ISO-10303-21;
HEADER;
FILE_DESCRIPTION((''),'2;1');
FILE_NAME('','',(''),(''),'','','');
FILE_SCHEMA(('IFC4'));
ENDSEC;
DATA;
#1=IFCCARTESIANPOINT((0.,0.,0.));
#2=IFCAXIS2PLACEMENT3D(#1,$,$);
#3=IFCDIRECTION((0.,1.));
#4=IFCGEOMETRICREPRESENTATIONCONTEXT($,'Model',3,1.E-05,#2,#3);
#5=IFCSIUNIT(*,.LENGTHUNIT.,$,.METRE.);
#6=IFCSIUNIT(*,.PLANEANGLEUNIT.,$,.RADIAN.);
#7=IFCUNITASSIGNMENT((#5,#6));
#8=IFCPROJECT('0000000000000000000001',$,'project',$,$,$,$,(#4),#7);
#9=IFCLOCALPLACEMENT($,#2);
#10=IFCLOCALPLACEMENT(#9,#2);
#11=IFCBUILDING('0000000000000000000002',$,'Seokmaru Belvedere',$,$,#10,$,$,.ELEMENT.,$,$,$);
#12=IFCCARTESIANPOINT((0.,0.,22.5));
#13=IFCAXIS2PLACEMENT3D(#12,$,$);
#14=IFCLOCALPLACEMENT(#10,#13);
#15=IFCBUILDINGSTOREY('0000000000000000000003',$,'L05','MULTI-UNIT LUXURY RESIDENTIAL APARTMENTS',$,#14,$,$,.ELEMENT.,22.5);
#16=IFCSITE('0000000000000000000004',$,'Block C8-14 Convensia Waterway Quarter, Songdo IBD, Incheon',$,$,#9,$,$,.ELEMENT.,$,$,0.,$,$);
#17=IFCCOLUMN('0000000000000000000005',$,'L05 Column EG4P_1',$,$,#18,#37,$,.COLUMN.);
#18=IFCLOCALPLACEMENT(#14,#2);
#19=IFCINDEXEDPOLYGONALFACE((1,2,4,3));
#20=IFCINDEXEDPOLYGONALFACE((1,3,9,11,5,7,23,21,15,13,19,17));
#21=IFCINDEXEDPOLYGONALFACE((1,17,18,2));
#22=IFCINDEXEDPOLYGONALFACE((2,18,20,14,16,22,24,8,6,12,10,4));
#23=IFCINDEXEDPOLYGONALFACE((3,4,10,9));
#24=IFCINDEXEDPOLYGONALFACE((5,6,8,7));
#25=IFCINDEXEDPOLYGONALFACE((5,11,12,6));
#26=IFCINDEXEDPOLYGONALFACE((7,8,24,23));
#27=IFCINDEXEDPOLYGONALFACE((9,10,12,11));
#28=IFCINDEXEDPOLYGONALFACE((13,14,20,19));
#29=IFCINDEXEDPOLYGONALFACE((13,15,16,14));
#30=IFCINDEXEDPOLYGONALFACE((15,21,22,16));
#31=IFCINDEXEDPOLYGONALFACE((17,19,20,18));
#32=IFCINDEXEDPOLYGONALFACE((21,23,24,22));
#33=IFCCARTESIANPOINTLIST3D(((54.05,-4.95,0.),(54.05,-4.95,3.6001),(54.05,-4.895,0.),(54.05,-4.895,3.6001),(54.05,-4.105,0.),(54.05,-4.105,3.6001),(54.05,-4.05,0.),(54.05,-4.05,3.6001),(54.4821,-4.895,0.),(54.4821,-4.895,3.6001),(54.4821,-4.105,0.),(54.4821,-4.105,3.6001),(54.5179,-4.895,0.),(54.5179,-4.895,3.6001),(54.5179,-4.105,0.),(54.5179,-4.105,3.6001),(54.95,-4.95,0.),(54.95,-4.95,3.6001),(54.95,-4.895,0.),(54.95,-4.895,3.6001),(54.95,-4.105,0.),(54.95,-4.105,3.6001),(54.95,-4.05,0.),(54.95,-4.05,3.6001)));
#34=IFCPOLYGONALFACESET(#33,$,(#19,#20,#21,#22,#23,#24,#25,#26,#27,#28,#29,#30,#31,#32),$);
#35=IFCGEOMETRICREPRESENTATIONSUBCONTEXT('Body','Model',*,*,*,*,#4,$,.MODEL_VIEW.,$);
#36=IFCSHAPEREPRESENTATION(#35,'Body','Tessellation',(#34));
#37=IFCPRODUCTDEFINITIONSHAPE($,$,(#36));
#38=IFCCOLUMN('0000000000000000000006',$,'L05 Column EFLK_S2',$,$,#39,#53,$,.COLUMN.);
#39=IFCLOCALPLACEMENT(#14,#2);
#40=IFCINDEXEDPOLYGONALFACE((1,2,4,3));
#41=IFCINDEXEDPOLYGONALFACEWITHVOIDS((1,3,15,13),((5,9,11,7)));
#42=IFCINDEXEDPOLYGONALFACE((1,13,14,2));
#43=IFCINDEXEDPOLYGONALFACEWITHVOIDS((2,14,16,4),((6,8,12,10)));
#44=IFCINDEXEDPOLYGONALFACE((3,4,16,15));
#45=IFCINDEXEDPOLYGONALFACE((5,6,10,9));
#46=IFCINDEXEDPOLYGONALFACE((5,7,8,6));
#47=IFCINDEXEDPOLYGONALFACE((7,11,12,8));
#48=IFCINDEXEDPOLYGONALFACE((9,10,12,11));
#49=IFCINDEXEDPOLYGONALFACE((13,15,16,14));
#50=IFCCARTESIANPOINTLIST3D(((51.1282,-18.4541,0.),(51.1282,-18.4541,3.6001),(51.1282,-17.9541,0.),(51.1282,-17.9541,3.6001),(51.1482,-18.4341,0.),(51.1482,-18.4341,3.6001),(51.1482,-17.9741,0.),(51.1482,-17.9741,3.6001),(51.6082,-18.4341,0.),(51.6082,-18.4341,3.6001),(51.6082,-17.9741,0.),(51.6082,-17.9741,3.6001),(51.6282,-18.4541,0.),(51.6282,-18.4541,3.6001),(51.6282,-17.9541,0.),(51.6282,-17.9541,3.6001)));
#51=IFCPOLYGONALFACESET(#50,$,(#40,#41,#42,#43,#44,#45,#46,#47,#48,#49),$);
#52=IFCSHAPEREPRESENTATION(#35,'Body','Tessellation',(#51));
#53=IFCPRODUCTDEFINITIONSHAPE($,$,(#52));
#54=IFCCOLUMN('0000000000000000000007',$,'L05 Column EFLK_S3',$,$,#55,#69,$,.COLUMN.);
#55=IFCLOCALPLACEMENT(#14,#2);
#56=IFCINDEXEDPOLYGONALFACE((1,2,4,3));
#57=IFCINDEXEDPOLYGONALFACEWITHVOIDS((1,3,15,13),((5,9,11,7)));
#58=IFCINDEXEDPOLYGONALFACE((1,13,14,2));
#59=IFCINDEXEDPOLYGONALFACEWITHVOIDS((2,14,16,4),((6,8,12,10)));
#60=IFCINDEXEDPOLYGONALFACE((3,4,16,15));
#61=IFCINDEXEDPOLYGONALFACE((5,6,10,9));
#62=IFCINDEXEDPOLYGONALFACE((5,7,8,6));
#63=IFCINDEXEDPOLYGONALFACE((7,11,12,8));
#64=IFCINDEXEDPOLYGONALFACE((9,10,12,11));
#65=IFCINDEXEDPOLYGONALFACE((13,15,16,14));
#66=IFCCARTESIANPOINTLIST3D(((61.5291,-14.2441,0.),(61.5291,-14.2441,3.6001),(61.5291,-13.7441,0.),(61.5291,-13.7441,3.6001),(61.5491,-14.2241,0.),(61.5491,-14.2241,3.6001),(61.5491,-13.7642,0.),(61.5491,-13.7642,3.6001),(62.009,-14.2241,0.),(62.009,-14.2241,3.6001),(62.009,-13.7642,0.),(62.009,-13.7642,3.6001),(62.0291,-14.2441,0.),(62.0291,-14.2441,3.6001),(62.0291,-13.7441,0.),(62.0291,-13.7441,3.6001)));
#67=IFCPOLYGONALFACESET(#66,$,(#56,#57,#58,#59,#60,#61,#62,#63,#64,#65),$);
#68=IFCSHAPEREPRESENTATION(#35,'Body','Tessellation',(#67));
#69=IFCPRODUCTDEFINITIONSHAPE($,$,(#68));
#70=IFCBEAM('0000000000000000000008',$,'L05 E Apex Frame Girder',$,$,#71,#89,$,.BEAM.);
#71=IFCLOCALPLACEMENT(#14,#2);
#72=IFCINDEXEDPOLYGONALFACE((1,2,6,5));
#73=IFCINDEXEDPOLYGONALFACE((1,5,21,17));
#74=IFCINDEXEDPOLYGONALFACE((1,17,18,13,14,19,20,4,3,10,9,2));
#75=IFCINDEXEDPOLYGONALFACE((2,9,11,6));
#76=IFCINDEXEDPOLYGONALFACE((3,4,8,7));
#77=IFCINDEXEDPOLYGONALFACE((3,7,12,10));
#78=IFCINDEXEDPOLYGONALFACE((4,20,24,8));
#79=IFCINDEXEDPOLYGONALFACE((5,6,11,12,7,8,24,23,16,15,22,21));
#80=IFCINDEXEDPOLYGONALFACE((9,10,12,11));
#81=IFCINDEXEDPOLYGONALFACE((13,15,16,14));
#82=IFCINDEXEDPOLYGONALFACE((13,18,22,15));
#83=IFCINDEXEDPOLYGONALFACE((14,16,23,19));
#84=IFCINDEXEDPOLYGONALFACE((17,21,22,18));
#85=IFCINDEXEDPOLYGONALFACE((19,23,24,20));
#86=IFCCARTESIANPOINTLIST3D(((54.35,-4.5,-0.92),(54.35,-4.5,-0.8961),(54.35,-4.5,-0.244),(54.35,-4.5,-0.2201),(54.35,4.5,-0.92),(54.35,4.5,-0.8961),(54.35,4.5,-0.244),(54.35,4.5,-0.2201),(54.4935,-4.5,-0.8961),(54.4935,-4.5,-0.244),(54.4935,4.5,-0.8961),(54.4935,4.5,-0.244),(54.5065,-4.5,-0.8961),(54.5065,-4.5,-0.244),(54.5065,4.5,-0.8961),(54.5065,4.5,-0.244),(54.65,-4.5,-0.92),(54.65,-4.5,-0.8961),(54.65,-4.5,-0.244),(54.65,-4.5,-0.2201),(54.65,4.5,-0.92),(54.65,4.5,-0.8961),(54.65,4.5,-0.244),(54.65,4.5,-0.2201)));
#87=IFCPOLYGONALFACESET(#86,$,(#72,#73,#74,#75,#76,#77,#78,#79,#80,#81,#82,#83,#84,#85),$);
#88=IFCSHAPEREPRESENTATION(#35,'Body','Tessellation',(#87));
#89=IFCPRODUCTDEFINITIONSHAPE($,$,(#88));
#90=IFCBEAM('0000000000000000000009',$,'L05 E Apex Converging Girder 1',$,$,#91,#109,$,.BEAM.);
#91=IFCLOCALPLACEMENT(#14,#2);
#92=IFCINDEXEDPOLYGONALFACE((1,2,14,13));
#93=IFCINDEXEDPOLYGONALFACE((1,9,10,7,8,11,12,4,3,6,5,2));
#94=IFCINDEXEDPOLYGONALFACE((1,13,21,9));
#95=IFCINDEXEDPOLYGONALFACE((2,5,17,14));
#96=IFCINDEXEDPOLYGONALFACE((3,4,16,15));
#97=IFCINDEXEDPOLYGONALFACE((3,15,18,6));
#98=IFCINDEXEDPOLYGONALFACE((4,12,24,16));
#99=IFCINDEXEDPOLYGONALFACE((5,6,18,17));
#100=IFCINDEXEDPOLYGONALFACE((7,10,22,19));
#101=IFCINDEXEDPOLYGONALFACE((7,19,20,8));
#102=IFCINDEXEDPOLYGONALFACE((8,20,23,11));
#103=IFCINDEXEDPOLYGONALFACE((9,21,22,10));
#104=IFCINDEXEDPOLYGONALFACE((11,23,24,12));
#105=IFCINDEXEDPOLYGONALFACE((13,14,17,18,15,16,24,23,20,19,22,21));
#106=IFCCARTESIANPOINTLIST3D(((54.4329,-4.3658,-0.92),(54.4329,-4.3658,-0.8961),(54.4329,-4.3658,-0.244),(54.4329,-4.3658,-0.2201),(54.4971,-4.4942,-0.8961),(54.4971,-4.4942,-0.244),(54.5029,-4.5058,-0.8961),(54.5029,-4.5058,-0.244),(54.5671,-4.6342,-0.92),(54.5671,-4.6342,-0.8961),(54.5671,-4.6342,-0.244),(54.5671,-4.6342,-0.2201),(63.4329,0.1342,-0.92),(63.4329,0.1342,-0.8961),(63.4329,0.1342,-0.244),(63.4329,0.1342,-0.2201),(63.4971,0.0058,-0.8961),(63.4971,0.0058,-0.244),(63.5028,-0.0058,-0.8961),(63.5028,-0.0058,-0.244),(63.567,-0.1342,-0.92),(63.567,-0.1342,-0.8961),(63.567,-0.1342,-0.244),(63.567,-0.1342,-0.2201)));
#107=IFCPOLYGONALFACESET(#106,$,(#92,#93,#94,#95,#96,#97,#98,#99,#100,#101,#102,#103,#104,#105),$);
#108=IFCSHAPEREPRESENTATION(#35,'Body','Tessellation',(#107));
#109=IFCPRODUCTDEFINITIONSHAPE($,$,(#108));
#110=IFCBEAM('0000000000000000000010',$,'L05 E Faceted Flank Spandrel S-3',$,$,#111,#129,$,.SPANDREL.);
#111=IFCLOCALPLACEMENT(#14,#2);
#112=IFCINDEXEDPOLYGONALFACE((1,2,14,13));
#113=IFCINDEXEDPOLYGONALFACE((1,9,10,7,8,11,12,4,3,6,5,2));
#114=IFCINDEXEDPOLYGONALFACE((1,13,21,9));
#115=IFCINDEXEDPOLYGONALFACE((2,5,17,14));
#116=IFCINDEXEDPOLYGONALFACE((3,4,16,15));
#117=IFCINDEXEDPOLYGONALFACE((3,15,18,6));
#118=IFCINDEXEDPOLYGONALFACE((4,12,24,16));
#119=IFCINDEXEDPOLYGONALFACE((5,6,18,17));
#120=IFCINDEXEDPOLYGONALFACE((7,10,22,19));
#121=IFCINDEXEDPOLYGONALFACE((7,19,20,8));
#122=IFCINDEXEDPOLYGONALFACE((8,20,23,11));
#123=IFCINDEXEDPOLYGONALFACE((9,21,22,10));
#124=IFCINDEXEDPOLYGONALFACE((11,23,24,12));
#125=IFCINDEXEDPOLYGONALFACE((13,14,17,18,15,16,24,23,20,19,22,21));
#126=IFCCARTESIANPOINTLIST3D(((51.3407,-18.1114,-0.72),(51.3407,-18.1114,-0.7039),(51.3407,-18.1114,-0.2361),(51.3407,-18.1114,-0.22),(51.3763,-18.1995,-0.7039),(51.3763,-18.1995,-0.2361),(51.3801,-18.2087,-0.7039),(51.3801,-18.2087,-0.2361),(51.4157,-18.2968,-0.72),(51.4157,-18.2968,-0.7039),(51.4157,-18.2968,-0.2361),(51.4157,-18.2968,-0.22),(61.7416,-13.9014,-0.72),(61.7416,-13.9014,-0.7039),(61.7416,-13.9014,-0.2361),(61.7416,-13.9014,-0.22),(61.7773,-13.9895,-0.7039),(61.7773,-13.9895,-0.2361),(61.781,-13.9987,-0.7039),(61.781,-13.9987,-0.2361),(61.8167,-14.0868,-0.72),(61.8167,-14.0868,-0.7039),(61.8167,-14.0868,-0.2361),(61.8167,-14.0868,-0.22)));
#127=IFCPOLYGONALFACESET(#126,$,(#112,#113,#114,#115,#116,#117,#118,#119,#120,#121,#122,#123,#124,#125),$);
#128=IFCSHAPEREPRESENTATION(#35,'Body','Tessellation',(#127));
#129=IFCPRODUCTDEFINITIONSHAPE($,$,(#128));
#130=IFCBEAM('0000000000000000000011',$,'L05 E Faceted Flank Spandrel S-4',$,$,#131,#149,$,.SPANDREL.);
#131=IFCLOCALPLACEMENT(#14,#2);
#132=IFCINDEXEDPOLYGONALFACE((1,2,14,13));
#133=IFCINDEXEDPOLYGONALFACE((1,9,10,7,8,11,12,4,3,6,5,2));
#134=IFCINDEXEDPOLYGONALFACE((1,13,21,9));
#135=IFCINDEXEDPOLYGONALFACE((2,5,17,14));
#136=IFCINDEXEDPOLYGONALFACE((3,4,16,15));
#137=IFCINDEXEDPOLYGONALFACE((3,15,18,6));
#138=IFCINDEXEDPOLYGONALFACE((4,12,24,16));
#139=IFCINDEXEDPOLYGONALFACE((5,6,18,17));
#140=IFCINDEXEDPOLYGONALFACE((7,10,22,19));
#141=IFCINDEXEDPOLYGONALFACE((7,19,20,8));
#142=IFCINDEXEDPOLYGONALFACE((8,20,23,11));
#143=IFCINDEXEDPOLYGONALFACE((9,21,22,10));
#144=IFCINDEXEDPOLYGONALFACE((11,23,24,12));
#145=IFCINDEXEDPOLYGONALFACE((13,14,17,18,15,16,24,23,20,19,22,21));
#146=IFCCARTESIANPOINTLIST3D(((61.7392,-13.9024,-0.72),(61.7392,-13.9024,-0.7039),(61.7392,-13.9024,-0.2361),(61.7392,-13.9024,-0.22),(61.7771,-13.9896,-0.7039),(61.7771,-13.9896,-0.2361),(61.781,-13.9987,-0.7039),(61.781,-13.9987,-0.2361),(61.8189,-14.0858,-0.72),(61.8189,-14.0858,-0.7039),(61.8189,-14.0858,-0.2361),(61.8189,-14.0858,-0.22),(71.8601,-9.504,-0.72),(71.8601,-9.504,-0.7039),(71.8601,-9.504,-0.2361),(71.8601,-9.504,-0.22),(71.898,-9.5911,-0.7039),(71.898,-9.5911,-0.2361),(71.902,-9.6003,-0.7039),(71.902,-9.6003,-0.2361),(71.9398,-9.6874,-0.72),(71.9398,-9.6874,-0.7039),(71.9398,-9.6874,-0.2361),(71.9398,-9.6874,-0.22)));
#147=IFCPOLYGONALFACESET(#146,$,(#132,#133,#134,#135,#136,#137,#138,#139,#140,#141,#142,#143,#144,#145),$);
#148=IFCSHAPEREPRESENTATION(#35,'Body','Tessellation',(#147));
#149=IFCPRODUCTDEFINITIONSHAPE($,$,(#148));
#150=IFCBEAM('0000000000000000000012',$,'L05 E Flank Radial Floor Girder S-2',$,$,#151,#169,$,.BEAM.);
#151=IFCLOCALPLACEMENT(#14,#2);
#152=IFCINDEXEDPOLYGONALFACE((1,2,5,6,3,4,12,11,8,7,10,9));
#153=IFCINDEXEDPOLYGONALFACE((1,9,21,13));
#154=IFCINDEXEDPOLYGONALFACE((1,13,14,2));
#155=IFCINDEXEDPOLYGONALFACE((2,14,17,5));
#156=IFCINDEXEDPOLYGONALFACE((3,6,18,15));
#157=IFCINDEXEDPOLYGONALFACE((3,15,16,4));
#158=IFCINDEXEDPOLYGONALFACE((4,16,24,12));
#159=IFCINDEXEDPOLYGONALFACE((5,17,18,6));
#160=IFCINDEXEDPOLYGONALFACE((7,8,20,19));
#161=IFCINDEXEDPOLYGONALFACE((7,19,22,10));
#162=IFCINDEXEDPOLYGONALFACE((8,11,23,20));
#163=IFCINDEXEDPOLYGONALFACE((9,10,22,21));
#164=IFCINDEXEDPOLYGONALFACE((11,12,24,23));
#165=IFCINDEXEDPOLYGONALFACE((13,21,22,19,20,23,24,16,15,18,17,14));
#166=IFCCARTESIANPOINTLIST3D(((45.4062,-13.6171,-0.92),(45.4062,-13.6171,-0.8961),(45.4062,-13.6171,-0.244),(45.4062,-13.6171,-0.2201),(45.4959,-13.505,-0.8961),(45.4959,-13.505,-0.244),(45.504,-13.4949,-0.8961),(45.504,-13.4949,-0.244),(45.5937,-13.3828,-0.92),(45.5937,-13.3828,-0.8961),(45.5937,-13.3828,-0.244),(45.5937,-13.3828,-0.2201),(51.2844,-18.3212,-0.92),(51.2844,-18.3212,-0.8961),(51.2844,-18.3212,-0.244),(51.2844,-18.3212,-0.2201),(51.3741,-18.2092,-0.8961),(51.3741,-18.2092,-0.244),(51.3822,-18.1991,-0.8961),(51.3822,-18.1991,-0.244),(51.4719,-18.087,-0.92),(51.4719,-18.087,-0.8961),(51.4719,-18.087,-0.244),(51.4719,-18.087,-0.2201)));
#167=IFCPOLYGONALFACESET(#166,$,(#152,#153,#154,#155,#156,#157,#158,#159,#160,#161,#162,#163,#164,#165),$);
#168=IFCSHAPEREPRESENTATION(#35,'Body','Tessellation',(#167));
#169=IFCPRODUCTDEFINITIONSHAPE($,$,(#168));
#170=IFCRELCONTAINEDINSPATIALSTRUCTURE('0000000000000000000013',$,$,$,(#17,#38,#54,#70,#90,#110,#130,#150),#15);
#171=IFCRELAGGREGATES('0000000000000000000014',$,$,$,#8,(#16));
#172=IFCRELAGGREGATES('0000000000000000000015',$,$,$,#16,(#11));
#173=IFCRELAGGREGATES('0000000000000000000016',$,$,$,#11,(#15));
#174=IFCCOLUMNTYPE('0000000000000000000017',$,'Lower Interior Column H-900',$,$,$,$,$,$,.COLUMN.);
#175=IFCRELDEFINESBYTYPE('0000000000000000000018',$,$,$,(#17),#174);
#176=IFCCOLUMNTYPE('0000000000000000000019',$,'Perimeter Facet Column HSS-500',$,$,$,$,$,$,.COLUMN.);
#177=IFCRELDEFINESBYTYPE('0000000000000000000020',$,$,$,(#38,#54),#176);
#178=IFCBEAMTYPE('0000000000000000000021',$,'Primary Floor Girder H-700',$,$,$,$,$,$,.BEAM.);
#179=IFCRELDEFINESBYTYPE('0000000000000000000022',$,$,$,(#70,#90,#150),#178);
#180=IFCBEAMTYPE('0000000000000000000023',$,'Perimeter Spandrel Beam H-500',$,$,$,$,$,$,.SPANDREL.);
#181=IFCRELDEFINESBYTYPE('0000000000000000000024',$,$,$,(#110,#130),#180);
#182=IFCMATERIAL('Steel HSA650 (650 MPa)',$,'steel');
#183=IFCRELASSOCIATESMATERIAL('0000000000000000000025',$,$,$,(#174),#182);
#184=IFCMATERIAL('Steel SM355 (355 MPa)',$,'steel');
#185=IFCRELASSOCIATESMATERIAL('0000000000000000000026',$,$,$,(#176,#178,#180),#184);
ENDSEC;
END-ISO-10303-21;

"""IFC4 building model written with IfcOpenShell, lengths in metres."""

from ifc_helpers import new_model, si_unit, direction, frame, origin, origin_2d, place, context, subcontext, project, spatial, hollow_rectangle, i_section, extrude, source, transform, mapped, material, material_profile, profile_set, type_object, type_shapes, element, save


model = new_model("IFC4")

# Units and contexts
model_context = context("Model", 3, precision=1e-05, world=origin(), true_north=direction((0.0, 1.0)))
body_context = subcontext(model_context, "Body", "Model", "MODEL_VIEW")
ifc_project = project(units=[si_unit("LENGTHUNIT", "METRE"), si_unit("PLANEANGLEUNIT", "RADIAN")], contexts=[model_context])

# Site, building, storey
site_placement = place(None, origin())
site = spatial("IfcSite", under=ifc_project, at=site_placement, Name="Block C8-14 Convensia Waterway Quarter, Songdo IBD, Incheon", CompositionType="ELEMENT", RefElevation=0.0)
building_placement = place(site_placement, origin())
building = spatial("IfcBuilding", under=site, at=building_placement, Name="Seokmaru Belvedere", CompositionType="ELEMENT")
storey_placement = place(building_placement, frame((0.0, 0.0, 22.5)))
storey = spatial("IfcBuildingStorey", under=building, at=storey_placement, Name="L05", Description="MULTI-UNIT LUXURY RESIDENTIAL APARTMENTS", CompositionType="ELEMENT", Elevation=22.5)

# Columns
ifc_material_1 = material(Name="Steel HSA650 (650 MPa)", Category="steel")
ifc_material_profile_1 = material_profile(ifc_material_1, i_section(OverallWidth=0.8999, OverallDepth=0.8999, WebThickness=0.0359, FlangeThickness=0.0549, at=origin_2d()), Name="H-900x900x36x55")
ifc_profile_set_1 = profile_set([ifc_material_profile_1], Name="Steel HSA650 (650 MPa)")
column_type_1 = type_object("IfcColumnType", Name="Lower Interior Column H-900", PredefinedType="COLUMN", material=ifc_profile_set_1)
shared_shape_1 = source(origin(), body_context, "Body", "SweptSolid", [
    extrude(i_section(OverallWidth=0.8999, OverallDepth=0.8999, WebThickness=0.0359, FlangeThickness=0.0549, at=origin_2d()), origin(), (0.0, 0.0, 1.0), 3.6001),
])
type_shapes(column_type_1, [shared_shape_1])
column_placement = place(storey_placement, frame((54.5, -4.5, 0.0), z_axis=(0.0, 0.0, 1.0), x_axis=(1.0, 0.0, 0.0)))
element("IfcColumn", 1, at=column_placement, inside=storey, type_object=column_type_1, Name="L05 Column EG4P_1", PredefinedType="COLUMN", context=body_context, shape_type="MappedRepresentation", body=[
    mapped(shared_shape_1, transform((0.0, 0.0, 0.0), scale=1.0)),
])
ifc_material_2 = material(Name="Steel SM355 (355 MPa)", Category="steel")
ifc_material_profile_2 = material_profile(ifc_material_2, hollow_rectangle(XDim=0.5, YDim=0.5, WallThickness=0.02, at=origin_2d()), Name="HSS-500x500x20")
ifc_profile_set_2 = profile_set([ifc_material_profile_2], Name="Steel SM355 (355 MPa)")
column_type_2 = type_object("IfcColumnType", Name="Perimeter Facet Column HSS-500", PredefinedType="COLUMN", material=ifc_profile_set_2)
shared_shape_2 = source(origin(), body_context, "Body", "SweptSolid", [
    extrude(hollow_rectangle(XDim=0.5, YDim=0.5, WallThickness=0.02, at=origin_2d()), origin(), (0.0, 0.0, 1.0), 3.6001),
])
type_shapes(column_type_2, [shared_shape_2])
for number, where, z_axis, x_axis, name in (
    (2, (51.3782, -18.2041, 0.0), (0.0, 0.0, 1.0), (1.0, 0.0, 0.0), "L05 Column EFLK_S2"),
    (3, (61.7791, -13.9941, 0.0), (0.0, 0.0, 1.0), (1.0, 0.0, 0.0), "L05 Column EFLK_S3"),
):
    element("IfcColumn", number, at=place(storey_placement, frame(where, z_axis=z_axis, x_axis=x_axis)), inside=storey, type_object=column_type_2, Name=name, PredefinedType="COLUMN", context=body_context, shape_type="MappedRepresentation", body=[
        mapped(shared_shape_2, transform((0.0, 0.0, 0.0), scale=1.0)),
    ])

# Beams
ifc_material_profile_3 = material_profile(ifc_material_2, i_section(OverallWidth=0.3, OverallDepth=0.7, WebThickness=0.0129, FlangeThickness=0.0239, at=origin_2d()), Name="H-700x300x13x24")
ifc_profile_set_3 = profile_set([ifc_material_profile_3], Name="Steel SM355 (355 MPa)")
beam_type_1 = type_object("IfcBeamType", Name="Primary Floor Girder H-700", PredefinedType="BEAM", material=ifc_profile_set_3)
shared_shape_3 = source(origin(), body_context, "Body", "SweptSolid", [
    extrude(i_section(OverallWidth=0.3, OverallDepth=0.7, WebThickness=0.0129, FlangeThickness=0.0239, at=origin_2d()), origin(), (0.0, 0.0, 1.0), 9.0),
])
beam_1_placement = place(storey_placement, frame((54.5, -4.5, -0.5701), z_axis=(0.0, 1.0, 0.0), x_axis=(-1.0, 0.0, 0.0)))
element("IfcBeam", 4, at=beam_1_placement, inside=storey, type_object=beam_type_1, Name="L05 E Apex Frame Girder", PredefinedType="BEAM", context=body_context, shape_type="MappedRepresentation", body=[
    mapped(shared_shape_3, transform((0.0, 0.0, 0.0), scale=1.0)),
])
shared_shape_4 = source(origin(), body_context, "Body", "SweptSolid", [
    extrude(i_section(OverallWidth=0.3, OverallDepth=0.7, WebThickness=0.0129, FlangeThickness=0.0239, at=origin_2d()), origin(), (0.0, 0.0, 1.0), 10.0623),
])
beam_2_placement = place(storey_placement, frame((54.5, -4.5, -0.5701), z_axis=(0.894427, 0.447214, 0.0), x_axis=(-0.447214, 0.894427, 0.0)))
element("IfcBeam", 5, at=beam_2_placement, inside=storey, type_object=beam_type_1, Name="L05 E Apex Converging Girder 1", PredefinedType="BEAM", context=body_context, shape_type="MappedRepresentation", body=[
    mapped(shared_shape_4, transform((0.0, 0.0, 0.0), scale=1.0)),
])
ifc_material_profile_4 = material_profile(ifc_material_2, i_section(OverallWidth=0.2, OverallDepth=0.5, WebThickness=0.01, FlangeThickness=0.0161, at=origin_2d()), Name="H-500x200x10x16")
ifc_profile_set_4 = profile_set([ifc_material_profile_4], Name="Steel SM355 (355 MPa)")
beam_type_2 = type_object("IfcBeamType", Name="Perimeter Spandrel Beam H-500", PredefinedType="SPANDREL", material=ifc_profile_set_4)
shared_shape_5 = source(origin(), body_context, "Body", "SweptSolid", [
    extrude(i_section(OverallWidth=0.2, OverallDepth=0.5, WebThickness=0.01, FlangeThickness=0.0161, at=origin_2d()), origin(), (0.0, 0.0, 1.0), 11.2207),
])
beam_3_placement = place(storey_placement, frame((51.3782, -18.2041, -0.47), z_axis=(0.926944, 0.375199, 0.0), x_axis=(-0.375199, 0.926944, 0.0)))
element("IfcBeam", 6, at=beam_3_placement, inside=storey, type_object=beam_type_2, Name="L05 E Faceted Flank Spandrel S-3", PredefinedType="SPANDREL", context=body_context, shape_type="MappedRepresentation", body=[
    mapped(shared_shape_5, transform((0.0, 0.0, 0.0), scale=1.0)),
])
shared_shape_6 = source(origin(), body_context, "Body", "SweptSolid", [
    extrude(i_section(OverallWidth=0.2, OverallDepth=0.5, WebThickness=0.01, FlangeThickness=0.0161, at=origin_2d()), origin(), (0.0, 0.0, 1.0), 11.0354),
])
type_shapes(beam_type_2, [shared_shape_5, shared_shape_6])
beam_4_placement = place(storey_placement, frame((61.7791, -13.9941, -0.47), z_axis=(0.917134, 0.398579, 0.0), x_axis=(-0.398579, 0.917134, 0.0)))
element("IfcBeam", 7, at=beam_4_placement, inside=storey, type_object=beam_type_2, Name="L05 E Faceted Flank Spandrel S-4", PredefinedType="SPANDREL", context=body_context, shape_type="MappedRepresentation", body=[
    mapped(shared_shape_6, transform((0.0, 0.0, 0.0), scale=1.0)),
])
shared_shape_7 = source(origin(), body_context, "Body", "SweptSolid", [
    extrude(i_section(OverallWidth=0.3, OverallDepth=0.7, WebThickness=0.0129, FlangeThickness=0.0239, at=origin_2d()), origin(), (0.0, 0.0, 1.0), 7.5288),
])
type_shapes(beam_type_1, [shared_shape_3, shared_shape_4, shared_shape_7])
beam_5_placement = place(storey_placement, frame((51.3782, -18.2041, -0.5701), z_axis=(-0.780768, 0.624822, 0.0), x_axis=(-0.624822, -0.780768, 0.0)))
element("IfcBeam", 8, at=beam_5_placement, inside=storey, type_object=beam_type_1, Name="L05 E Flank Radial Floor Girder S-2", PredefinedType="BEAM", context=body_context, shape_type="MappedRepresentation", body=[
    mapped(shared_shape_7, transform((0.0, 0.0, 0.0), scale=1.0)),
])

save(model, "model.ifc")
